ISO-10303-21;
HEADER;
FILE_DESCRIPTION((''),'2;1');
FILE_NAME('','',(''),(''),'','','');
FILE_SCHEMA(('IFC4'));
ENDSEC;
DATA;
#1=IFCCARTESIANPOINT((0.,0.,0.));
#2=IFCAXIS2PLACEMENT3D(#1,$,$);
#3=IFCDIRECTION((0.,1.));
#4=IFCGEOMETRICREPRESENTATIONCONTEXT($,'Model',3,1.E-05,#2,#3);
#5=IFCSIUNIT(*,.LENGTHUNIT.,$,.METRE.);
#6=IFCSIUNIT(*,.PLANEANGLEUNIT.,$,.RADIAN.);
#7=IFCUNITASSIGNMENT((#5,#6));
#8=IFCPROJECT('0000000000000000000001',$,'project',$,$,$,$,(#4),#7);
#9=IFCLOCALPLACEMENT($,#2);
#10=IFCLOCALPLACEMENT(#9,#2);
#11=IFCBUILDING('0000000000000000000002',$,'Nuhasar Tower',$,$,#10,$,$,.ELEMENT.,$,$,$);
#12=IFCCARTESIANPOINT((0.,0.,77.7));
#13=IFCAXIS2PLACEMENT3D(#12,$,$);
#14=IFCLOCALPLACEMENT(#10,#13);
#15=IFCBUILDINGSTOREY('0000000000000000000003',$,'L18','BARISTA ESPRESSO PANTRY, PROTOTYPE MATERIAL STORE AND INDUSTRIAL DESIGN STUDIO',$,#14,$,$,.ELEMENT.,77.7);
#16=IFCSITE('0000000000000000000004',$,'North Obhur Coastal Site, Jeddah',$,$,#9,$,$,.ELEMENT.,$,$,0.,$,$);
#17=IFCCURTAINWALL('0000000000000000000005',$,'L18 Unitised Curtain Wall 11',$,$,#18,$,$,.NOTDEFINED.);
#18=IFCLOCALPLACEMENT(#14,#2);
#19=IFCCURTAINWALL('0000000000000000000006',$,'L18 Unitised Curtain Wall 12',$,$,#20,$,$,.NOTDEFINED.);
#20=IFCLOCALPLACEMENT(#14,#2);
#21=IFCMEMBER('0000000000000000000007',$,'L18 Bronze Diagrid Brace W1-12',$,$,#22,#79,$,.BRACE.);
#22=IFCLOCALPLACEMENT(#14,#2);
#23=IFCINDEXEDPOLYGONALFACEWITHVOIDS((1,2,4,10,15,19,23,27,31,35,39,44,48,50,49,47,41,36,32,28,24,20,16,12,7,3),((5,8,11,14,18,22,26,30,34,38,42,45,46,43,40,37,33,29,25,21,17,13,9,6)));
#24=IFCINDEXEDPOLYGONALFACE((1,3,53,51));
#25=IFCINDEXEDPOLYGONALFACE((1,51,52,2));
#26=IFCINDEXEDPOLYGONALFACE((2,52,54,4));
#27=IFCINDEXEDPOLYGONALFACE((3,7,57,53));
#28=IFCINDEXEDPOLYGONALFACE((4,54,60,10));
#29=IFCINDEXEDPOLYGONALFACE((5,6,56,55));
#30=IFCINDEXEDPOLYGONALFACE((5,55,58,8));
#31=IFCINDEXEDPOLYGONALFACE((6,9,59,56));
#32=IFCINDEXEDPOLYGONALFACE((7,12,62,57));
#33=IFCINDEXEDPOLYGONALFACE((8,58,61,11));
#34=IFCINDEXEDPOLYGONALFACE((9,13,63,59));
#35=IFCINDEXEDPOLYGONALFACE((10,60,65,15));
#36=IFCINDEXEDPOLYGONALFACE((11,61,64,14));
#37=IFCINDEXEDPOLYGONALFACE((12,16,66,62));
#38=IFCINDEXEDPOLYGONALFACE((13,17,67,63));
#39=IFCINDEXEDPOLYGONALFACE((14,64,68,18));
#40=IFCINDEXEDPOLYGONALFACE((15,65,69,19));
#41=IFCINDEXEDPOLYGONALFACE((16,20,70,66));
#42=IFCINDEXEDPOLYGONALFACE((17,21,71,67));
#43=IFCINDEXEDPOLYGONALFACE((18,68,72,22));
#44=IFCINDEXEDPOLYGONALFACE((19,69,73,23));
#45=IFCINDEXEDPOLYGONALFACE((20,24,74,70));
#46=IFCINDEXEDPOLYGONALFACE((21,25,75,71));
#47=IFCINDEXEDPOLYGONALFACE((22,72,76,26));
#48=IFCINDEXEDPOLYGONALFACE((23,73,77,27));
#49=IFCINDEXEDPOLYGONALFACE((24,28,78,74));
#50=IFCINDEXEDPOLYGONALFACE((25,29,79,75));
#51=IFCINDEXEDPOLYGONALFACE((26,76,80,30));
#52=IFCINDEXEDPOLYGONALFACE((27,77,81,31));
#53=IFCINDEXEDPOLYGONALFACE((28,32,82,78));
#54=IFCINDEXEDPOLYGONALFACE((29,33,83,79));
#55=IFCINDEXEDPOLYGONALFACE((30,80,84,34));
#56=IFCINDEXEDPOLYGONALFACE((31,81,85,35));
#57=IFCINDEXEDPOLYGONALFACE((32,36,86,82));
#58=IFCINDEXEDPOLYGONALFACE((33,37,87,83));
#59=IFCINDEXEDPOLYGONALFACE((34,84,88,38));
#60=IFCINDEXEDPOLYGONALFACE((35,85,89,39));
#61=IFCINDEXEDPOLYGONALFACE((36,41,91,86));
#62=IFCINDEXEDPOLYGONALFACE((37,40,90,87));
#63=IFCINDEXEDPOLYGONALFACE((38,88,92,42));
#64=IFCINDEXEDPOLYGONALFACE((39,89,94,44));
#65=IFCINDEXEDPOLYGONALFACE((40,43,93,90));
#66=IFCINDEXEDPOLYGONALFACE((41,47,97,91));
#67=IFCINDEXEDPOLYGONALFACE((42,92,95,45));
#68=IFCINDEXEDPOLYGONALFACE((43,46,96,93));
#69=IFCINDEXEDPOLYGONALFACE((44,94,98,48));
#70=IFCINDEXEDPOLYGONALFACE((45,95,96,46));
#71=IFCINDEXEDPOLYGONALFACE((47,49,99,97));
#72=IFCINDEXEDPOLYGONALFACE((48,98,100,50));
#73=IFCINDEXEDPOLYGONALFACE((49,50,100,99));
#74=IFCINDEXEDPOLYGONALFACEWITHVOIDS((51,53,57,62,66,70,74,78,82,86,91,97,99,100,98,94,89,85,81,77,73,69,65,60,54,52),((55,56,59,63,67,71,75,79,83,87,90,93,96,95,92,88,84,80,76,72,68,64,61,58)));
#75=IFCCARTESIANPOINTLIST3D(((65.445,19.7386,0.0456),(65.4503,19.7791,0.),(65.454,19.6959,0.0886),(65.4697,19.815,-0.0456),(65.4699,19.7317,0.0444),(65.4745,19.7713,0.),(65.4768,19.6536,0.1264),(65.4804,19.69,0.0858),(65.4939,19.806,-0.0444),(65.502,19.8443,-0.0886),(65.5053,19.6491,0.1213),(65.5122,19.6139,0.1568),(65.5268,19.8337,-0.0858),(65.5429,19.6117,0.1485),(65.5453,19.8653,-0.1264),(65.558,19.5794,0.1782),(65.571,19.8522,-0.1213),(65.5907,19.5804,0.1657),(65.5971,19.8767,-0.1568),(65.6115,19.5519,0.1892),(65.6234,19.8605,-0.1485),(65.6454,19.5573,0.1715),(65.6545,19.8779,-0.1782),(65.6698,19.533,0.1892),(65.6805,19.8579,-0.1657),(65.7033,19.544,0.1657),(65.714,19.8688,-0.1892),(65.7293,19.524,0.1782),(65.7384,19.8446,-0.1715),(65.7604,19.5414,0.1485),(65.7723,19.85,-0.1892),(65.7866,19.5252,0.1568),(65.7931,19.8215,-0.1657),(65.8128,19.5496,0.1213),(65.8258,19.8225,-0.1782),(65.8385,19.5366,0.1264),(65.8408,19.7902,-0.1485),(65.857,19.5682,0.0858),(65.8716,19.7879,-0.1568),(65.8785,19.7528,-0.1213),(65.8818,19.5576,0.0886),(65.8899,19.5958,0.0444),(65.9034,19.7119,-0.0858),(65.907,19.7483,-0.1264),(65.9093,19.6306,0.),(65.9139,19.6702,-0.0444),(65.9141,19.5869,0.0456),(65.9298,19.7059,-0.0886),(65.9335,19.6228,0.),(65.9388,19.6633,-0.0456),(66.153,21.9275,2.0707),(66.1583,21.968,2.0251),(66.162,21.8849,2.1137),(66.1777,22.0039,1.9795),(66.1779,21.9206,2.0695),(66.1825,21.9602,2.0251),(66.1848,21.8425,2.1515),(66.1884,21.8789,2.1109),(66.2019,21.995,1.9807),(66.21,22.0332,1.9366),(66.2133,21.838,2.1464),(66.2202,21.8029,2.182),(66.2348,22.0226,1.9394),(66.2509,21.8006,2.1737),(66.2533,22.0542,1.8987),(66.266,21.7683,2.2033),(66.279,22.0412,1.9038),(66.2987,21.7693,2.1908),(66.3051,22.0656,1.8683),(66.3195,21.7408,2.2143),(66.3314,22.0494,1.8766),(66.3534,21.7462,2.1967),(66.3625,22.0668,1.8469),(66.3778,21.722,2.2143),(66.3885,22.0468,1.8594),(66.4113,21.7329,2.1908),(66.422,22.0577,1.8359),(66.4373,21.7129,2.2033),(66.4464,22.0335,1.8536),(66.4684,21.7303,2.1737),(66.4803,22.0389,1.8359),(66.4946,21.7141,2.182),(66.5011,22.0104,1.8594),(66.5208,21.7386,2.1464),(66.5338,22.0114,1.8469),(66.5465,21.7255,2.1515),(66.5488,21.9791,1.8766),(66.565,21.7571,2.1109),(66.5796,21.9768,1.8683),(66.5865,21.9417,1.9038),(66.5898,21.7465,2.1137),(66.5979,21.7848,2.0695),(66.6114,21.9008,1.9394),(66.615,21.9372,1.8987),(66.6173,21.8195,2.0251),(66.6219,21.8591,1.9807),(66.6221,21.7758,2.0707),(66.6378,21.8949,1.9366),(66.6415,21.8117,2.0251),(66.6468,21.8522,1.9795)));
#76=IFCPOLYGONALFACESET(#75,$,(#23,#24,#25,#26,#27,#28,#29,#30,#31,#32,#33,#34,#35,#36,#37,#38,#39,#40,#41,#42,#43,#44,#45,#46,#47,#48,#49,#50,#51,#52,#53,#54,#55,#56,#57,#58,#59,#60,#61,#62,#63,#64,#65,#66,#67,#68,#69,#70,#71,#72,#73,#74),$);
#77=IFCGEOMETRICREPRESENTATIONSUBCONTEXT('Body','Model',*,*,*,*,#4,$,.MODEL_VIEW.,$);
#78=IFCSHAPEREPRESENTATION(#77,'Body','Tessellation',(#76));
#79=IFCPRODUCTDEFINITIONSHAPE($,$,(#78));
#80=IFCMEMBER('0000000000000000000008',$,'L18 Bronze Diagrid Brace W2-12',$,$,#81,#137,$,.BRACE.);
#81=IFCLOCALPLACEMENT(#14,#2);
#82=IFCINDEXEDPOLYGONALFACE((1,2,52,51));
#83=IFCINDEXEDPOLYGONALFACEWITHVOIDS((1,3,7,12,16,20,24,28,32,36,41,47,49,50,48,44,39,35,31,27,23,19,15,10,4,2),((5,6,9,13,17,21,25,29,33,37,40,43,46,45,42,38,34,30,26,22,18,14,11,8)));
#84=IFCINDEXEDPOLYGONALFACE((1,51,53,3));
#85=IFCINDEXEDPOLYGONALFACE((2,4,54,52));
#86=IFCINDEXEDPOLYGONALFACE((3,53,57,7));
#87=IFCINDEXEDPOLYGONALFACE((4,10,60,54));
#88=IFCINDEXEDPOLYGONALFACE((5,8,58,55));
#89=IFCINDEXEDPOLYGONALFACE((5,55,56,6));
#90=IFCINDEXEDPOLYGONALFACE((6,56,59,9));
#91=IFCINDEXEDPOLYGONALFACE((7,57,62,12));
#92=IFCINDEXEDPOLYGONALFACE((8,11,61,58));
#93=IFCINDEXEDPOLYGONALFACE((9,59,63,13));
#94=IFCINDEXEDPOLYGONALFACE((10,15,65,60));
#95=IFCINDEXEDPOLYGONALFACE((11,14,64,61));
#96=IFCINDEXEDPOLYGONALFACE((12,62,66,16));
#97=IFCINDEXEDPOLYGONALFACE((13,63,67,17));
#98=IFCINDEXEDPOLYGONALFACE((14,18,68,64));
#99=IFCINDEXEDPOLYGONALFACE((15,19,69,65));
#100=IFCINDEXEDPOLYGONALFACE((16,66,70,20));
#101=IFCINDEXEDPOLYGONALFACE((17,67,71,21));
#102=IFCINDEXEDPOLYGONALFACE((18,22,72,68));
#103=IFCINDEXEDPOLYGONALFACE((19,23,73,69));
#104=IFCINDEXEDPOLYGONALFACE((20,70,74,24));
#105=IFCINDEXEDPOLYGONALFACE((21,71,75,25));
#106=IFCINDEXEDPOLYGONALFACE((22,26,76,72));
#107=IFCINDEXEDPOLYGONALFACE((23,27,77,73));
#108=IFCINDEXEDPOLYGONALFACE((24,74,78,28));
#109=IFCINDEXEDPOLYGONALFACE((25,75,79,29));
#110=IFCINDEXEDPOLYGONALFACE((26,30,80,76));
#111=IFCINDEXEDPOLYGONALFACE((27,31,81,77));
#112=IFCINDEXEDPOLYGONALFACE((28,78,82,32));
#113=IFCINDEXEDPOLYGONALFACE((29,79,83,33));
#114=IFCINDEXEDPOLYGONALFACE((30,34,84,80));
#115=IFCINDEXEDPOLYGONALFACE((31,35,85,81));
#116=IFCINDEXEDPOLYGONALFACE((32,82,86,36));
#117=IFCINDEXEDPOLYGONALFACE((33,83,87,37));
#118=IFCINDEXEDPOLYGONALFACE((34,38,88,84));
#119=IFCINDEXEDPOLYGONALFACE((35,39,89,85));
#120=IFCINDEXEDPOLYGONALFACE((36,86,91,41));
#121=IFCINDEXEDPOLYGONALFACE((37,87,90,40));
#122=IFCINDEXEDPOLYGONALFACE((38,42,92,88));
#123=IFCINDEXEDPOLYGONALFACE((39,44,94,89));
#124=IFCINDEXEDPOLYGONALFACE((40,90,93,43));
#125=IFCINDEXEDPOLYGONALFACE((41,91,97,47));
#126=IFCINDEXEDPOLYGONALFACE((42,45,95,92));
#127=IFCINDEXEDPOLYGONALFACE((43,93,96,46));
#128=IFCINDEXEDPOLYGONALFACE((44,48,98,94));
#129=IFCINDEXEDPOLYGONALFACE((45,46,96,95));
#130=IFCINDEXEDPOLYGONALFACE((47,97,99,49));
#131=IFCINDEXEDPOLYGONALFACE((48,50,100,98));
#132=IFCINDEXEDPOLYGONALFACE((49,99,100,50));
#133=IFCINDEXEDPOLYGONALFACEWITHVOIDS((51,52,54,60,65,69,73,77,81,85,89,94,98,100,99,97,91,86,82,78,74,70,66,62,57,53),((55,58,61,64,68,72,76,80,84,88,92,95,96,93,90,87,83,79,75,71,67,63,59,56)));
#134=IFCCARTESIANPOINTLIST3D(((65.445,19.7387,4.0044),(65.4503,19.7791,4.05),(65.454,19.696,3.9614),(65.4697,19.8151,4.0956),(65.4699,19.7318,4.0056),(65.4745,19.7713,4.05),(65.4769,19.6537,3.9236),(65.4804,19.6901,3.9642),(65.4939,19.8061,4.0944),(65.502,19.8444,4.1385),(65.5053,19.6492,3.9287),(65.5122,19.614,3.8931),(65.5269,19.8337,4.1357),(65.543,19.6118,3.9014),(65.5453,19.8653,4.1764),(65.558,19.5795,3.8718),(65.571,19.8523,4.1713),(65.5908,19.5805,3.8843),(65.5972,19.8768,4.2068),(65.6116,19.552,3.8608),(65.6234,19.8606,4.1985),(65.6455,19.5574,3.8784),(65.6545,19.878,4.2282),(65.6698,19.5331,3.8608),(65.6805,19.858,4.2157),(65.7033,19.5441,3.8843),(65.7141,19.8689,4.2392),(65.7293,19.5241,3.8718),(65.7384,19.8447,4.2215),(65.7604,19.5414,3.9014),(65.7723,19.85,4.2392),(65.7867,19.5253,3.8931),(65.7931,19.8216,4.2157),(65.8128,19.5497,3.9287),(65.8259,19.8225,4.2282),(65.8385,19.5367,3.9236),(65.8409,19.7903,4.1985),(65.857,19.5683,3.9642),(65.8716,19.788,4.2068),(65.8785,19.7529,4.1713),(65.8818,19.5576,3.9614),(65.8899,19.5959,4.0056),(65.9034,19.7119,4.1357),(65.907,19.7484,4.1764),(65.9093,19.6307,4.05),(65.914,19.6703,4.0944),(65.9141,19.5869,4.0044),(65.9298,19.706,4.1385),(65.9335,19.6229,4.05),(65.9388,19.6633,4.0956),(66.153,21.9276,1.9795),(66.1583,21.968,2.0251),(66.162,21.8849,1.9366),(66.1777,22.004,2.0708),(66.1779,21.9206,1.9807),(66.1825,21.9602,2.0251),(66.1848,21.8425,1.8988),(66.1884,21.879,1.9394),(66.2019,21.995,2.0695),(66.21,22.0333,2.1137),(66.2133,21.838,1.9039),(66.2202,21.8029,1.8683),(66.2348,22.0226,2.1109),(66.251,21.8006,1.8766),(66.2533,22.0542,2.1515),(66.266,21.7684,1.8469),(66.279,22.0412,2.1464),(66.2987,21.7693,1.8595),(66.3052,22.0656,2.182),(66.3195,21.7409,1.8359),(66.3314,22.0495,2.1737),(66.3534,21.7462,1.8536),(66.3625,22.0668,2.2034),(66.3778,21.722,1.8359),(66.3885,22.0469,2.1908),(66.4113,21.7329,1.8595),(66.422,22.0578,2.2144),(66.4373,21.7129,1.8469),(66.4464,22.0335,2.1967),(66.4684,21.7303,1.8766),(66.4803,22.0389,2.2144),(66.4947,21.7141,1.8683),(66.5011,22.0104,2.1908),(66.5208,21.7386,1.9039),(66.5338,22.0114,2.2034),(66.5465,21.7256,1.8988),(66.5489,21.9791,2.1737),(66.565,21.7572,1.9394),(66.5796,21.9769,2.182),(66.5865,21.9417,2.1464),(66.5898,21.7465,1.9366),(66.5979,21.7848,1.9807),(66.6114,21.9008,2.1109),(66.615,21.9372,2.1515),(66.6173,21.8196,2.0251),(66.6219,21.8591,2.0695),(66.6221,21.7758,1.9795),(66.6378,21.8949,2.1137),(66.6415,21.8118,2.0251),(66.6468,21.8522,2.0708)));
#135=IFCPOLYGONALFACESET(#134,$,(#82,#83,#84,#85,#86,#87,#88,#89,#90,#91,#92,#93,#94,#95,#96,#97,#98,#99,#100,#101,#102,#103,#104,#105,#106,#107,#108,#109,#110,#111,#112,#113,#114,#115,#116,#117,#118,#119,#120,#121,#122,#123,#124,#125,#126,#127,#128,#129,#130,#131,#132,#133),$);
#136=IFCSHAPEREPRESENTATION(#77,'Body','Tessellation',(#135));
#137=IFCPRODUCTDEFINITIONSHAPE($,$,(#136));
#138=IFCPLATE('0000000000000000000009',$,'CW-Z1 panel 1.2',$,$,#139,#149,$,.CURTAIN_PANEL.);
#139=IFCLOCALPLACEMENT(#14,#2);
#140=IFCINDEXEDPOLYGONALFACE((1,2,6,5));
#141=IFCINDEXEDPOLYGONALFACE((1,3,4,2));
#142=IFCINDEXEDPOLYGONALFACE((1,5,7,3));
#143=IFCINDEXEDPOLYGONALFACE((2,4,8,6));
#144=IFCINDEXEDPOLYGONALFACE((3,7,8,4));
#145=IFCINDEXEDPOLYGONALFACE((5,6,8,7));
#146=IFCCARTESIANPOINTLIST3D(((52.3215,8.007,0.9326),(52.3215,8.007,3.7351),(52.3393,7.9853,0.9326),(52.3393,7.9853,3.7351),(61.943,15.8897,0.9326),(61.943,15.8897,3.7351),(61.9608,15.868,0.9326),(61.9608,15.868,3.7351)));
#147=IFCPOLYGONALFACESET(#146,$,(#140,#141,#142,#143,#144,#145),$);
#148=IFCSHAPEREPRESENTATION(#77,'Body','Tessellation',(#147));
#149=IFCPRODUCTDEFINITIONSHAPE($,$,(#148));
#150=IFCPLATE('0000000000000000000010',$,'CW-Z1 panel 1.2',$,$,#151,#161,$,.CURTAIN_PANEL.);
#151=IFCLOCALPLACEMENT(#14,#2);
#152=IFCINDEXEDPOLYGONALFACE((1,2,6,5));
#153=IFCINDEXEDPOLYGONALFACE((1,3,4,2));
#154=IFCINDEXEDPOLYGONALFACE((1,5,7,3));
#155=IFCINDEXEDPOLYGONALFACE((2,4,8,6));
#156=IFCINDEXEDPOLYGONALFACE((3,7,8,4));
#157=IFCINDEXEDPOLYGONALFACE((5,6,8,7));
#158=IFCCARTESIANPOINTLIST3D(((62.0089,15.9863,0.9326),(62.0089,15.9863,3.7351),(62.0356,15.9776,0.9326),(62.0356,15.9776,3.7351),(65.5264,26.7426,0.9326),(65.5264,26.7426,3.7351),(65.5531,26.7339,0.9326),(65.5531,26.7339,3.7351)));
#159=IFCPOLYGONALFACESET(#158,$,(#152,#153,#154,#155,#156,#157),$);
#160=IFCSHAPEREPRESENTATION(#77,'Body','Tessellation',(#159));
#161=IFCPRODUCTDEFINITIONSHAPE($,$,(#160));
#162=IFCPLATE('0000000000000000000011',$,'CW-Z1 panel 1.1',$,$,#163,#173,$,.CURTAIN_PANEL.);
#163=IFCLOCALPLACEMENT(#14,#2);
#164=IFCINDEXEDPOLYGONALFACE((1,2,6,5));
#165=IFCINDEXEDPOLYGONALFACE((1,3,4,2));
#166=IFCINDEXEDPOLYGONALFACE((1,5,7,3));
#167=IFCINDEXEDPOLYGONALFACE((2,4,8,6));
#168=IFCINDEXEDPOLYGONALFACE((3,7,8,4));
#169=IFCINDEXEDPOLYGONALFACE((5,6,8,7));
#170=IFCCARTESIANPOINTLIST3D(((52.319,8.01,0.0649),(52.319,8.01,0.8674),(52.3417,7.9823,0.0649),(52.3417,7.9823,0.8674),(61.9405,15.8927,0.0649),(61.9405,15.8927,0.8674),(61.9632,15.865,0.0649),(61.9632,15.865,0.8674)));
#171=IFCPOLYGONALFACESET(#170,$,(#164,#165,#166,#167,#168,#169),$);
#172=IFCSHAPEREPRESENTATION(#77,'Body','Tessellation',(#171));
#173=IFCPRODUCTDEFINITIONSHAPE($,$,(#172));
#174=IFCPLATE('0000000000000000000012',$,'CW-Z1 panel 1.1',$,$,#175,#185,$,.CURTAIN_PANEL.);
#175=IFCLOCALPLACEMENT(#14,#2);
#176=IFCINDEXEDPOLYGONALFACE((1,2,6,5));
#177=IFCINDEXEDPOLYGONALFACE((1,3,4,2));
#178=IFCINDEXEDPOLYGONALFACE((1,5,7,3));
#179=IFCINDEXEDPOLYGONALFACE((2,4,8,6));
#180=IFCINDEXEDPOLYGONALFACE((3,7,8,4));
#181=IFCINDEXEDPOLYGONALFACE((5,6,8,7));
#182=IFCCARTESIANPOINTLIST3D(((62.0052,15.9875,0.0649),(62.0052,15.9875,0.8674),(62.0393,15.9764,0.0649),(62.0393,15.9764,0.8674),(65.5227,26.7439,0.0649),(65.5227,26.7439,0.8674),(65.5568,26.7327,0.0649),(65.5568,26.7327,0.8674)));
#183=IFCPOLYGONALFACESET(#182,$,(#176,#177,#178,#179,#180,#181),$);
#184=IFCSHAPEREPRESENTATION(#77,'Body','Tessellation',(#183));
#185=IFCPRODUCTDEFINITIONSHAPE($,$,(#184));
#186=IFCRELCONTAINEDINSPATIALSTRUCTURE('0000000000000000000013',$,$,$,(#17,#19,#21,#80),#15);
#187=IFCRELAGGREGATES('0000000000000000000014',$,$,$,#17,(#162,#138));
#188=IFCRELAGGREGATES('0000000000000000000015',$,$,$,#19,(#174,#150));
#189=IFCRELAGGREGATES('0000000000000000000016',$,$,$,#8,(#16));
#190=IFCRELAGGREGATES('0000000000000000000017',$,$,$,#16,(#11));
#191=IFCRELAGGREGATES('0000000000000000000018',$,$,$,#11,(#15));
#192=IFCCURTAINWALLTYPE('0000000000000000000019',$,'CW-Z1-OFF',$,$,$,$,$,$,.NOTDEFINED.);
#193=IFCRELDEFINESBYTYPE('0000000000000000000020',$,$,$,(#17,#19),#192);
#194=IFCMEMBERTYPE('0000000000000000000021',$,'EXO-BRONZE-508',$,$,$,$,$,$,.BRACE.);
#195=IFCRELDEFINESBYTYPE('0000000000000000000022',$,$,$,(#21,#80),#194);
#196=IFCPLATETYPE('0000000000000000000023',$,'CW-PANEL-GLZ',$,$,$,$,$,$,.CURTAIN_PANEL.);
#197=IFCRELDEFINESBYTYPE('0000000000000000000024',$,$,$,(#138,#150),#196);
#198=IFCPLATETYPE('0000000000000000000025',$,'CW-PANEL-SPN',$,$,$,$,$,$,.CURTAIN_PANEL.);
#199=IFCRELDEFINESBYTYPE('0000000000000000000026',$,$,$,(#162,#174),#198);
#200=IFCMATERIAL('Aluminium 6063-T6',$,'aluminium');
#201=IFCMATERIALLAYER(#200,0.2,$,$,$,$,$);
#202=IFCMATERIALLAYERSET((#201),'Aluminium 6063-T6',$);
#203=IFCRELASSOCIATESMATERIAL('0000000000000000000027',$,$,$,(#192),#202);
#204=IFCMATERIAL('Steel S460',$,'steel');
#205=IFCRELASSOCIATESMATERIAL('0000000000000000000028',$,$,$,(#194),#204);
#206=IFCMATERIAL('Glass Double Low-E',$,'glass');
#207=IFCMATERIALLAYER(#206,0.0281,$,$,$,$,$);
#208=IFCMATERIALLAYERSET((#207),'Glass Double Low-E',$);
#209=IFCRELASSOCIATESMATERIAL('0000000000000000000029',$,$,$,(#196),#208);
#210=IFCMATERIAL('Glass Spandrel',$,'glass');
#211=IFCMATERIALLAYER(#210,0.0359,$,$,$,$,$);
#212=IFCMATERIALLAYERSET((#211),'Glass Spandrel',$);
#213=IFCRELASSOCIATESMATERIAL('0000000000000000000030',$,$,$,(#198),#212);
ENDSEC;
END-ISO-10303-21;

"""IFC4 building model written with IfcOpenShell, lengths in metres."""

from ifc_helpers import new_model, si_unit, direction, frame, origin, origin_2d, place, context, subcontext, project, spatial, rectangle, hollow_circle, extrude, material, layer, layer_set, material_profile, profile_set, type_object, element, aggregate, save


model = new_model("IFC4")

# Units and contexts
model_context = context("Model", 3, precision=1e-05, world=origin(), true_north=direction((0.0, 1.0)))
body_context = subcontext(model_context, "Body", "Model", "MODEL_VIEW")
ifc_project = project(units=[si_unit("LENGTHUNIT", "METRE"), si_unit("PLANEANGLEUNIT", "RADIAN")], contexts=[model_context])

# Site, building, storey
site_placement = place(None, origin())
site = spatial("IfcSite", under=ifc_project, at=site_placement, Name="North Obhur Coastal Site, Jeddah", CompositionType="ELEMENT", RefElevation=0.0)
building_placement = place(site_placement, origin())
building = spatial("IfcBuilding", under=site, at=building_placement, Name="Nuhasar Tower", CompositionType="ELEMENT")
storey_placement = place(building_placement, frame((0.0, 0.0, 77.7)))
storey = spatial("IfcBuildingStorey", under=building, at=storey_placement, Name="L18", Description="BARISTA ESPRESSO PANTRY, PROTOTYPE MATERIAL STORE AND INDUSTRIAL DESIGN STUDIO", CompositionType="ELEMENT", Elevation=77.7)

# Curtain wall
ifc_material_1 = material(Name="Aluminium 6063-T6", Category="aluminium")
ifc_layer_1 = layer(ifc_material_1, 0.2)
ifc_layer_set_1 = layer_set([ifc_layer_1], Name="Aluminium 6063-T6")
curtain_wall_type = type_object("IfcCurtainWallType", Name="CW-Z1-OFF", PredefinedType="NOTDEFINED", material=ifc_layer_set_1)
curtain_wall_1_placement = place(storey_placement, origin())
curtain_wall_1 = element("IfcCurtainWall", 1, at=curtain_wall_1_placement, inside=storey, type_object=curtain_wall_type, Name="L18 Unitised Curtain Wall 11", PredefinedType="NOTDEFINED")

# Curtain wall
curtain_wall_2_placement = place(storey_placement, origin())
curtain_wall_2 = element("IfcCurtainWall", 2, at=curtain_wall_2_placement, inside=storey, type_object=curtain_wall_type, Name="L18 Unitised Curtain Wall 12", PredefinedType="NOTDEFINED")

# Members
ifc_material_2 = material(Name="Steel S460", Category="steel")
ifc_material_profile_1 = material_profile(ifc_material_2, hollow_circle(Radius=0.2539, WallThickness=0.0254, at=origin_2d()), Name="HSS508X25.4")
ifc_profile_set_1 = profile_set([ifc_material_profile_1], Name="Steel S460")
member_type_1 = type_object("IfcMemberType", Name="EXO-BRONZE-508", PredefinedType="BRACE", material=ifc_profile_set_1)
member_1_placement = place(storey_placement, frame((65.6919, 19.7009, 0.0), z_axis=(0.231, 0.714187, 0.660739), x_axis=(-0.951468, 0.307747, 0.0)))
element("IfcMember", 3, at=member_1_placement, inside=storey, type_object=member_type_1, Name="L18 Bronze Diagrid Brace W1-12", PredefinedType="BRACE", context=body_context, shape_type="SweptSolid", body=[
    extrude(hollow_circle(Radius=0.2539, WallThickness=0.0254, at=origin_2d()), origin(), (0.0, 0.0, 1.0), 3.0649),
])
member_2_placement = place(storey_placement, frame((66.3999, 21.8899, 2.0251), z_axis=(-0.231012, -0.714225, 0.660694), x_axis=(0.951468, -0.307747, 0.0)))
element("IfcMember", 4, at=member_2_placement, inside=storey, type_object=member_type_1, Name="L18 Bronze Diagrid Brace W2-12", PredefinedType="BRACE", context=body_context, shape_type="SweptSolid", body=[
    extrude(hollow_circle(Radius=0.2539, WallThickness=0.0254, at=origin_2d()), origin(), (0.0, 0.0, 1.0), 3.0647),
])

# Plates
ifc_material_3 = material(Name="Glass Double Low-E", Category="glass")
ifc_layer_2 = layer(ifc_material_3, 0.0281)
ifc_layer_set_2 = layer_set([ifc_layer_2], Name="Glass Double Low-E")
plate_type_1 = type_object("IfcPlateType", Name="CW-PANEL-GLZ", PredefinedType="CURTAIN_PANEL", material=ifc_layer_set_2)
plate_1_placement = place(storey_placement, frame((57.1411, 11.9375, 0.9326), z_axis=(0.0, 0.0, 1.0), x_axis=(0.773542, 0.633745, 0.0)))
plate_1 = element("IfcPlate", 5, at=plate_1_placement, type_object=plate_type_1, Name="CW-Z1 panel 1.2", PredefinedType="CURTAIN_PANEL", context=body_context, shape_type="SweptSolid", body=[
    extrude(rectangle(XDim=12.4382, YDim=0.0281, at=origin_2d()), origin(), (0.0, 0.0, 1.0), 2.8025),
])
plate_2_placement = place(storey_placement, frame((63.781, 21.3601, 0.9326), z_axis=(0.0, 0.0, 1.0), x_axis=(0.310824, 0.950468, 0.0)))
plate_2 = element("IfcPlate", 6, at=plate_2_placement, type_object=plate_type_1, Name="CW-Z1 panel 1.2", PredefinedType="CURTAIN_PANEL", context=body_context, shape_type="SweptSolid", body=[
    extrude(rectangle(XDim=11.3169, YDim=0.0281, at=origin_2d()), origin(), (0.0, 0.0, 1.0), 2.8025),
])
ifc_material_4 = material(Name="Glass Spandrel", Category="glass")
ifc_layer_3 = layer(ifc_material_4, 0.0359)
ifc_layer_set_3 = layer_set([ifc_layer_3], Name="Glass Spandrel")
plate_type_2 = type_object("IfcPlateType", Name="CW-PANEL-SPN", PredefinedType="CURTAIN_PANEL", material=ifc_layer_set_3)
plate_3_placement = place(storey_placement, frame((57.1411, 11.9375, 0.0649), z_axis=(0.0, 0.0, 1.0), x_axis=(0.773542, 0.633745, 0.0)))
plate_3 = element("IfcPlate", 7, at=plate_3_placement, type_object=plate_type_2, Name="CW-Z1 panel 1.1", PredefinedType="CURTAIN_PANEL", context=body_context, shape_type="SweptSolid", body=[
    extrude(rectangle(XDim=12.4382, YDim=0.0359, at=origin_2d()), origin(), (0.0, 0.0, 1.0), 0.8025),
])
aggregate(curtain_wall_1, [plate_3, plate_1])
plate_4_placement = place(storey_placement, frame((63.781, 21.3601, 0.0649), z_axis=(0.0, 0.0, 1.0), x_axis=(0.310824, 0.950468, 0.0)))
plate_4 = element("IfcPlate", 8, at=plate_4_placement, type_object=plate_type_2, Name="CW-Z1 panel 1.1", PredefinedType="CURTAIN_PANEL", context=body_context, shape_type="SweptSolid", body=[
    extrude(rectangle(XDim=11.3169, YDim=0.0359, at=origin_2d()), origin(), (0.0, 0.0, 1.0), 0.8025),
])
aggregate(curtain_wall_2, [plate_4, plate_2])

save(model, "model.ifc")
